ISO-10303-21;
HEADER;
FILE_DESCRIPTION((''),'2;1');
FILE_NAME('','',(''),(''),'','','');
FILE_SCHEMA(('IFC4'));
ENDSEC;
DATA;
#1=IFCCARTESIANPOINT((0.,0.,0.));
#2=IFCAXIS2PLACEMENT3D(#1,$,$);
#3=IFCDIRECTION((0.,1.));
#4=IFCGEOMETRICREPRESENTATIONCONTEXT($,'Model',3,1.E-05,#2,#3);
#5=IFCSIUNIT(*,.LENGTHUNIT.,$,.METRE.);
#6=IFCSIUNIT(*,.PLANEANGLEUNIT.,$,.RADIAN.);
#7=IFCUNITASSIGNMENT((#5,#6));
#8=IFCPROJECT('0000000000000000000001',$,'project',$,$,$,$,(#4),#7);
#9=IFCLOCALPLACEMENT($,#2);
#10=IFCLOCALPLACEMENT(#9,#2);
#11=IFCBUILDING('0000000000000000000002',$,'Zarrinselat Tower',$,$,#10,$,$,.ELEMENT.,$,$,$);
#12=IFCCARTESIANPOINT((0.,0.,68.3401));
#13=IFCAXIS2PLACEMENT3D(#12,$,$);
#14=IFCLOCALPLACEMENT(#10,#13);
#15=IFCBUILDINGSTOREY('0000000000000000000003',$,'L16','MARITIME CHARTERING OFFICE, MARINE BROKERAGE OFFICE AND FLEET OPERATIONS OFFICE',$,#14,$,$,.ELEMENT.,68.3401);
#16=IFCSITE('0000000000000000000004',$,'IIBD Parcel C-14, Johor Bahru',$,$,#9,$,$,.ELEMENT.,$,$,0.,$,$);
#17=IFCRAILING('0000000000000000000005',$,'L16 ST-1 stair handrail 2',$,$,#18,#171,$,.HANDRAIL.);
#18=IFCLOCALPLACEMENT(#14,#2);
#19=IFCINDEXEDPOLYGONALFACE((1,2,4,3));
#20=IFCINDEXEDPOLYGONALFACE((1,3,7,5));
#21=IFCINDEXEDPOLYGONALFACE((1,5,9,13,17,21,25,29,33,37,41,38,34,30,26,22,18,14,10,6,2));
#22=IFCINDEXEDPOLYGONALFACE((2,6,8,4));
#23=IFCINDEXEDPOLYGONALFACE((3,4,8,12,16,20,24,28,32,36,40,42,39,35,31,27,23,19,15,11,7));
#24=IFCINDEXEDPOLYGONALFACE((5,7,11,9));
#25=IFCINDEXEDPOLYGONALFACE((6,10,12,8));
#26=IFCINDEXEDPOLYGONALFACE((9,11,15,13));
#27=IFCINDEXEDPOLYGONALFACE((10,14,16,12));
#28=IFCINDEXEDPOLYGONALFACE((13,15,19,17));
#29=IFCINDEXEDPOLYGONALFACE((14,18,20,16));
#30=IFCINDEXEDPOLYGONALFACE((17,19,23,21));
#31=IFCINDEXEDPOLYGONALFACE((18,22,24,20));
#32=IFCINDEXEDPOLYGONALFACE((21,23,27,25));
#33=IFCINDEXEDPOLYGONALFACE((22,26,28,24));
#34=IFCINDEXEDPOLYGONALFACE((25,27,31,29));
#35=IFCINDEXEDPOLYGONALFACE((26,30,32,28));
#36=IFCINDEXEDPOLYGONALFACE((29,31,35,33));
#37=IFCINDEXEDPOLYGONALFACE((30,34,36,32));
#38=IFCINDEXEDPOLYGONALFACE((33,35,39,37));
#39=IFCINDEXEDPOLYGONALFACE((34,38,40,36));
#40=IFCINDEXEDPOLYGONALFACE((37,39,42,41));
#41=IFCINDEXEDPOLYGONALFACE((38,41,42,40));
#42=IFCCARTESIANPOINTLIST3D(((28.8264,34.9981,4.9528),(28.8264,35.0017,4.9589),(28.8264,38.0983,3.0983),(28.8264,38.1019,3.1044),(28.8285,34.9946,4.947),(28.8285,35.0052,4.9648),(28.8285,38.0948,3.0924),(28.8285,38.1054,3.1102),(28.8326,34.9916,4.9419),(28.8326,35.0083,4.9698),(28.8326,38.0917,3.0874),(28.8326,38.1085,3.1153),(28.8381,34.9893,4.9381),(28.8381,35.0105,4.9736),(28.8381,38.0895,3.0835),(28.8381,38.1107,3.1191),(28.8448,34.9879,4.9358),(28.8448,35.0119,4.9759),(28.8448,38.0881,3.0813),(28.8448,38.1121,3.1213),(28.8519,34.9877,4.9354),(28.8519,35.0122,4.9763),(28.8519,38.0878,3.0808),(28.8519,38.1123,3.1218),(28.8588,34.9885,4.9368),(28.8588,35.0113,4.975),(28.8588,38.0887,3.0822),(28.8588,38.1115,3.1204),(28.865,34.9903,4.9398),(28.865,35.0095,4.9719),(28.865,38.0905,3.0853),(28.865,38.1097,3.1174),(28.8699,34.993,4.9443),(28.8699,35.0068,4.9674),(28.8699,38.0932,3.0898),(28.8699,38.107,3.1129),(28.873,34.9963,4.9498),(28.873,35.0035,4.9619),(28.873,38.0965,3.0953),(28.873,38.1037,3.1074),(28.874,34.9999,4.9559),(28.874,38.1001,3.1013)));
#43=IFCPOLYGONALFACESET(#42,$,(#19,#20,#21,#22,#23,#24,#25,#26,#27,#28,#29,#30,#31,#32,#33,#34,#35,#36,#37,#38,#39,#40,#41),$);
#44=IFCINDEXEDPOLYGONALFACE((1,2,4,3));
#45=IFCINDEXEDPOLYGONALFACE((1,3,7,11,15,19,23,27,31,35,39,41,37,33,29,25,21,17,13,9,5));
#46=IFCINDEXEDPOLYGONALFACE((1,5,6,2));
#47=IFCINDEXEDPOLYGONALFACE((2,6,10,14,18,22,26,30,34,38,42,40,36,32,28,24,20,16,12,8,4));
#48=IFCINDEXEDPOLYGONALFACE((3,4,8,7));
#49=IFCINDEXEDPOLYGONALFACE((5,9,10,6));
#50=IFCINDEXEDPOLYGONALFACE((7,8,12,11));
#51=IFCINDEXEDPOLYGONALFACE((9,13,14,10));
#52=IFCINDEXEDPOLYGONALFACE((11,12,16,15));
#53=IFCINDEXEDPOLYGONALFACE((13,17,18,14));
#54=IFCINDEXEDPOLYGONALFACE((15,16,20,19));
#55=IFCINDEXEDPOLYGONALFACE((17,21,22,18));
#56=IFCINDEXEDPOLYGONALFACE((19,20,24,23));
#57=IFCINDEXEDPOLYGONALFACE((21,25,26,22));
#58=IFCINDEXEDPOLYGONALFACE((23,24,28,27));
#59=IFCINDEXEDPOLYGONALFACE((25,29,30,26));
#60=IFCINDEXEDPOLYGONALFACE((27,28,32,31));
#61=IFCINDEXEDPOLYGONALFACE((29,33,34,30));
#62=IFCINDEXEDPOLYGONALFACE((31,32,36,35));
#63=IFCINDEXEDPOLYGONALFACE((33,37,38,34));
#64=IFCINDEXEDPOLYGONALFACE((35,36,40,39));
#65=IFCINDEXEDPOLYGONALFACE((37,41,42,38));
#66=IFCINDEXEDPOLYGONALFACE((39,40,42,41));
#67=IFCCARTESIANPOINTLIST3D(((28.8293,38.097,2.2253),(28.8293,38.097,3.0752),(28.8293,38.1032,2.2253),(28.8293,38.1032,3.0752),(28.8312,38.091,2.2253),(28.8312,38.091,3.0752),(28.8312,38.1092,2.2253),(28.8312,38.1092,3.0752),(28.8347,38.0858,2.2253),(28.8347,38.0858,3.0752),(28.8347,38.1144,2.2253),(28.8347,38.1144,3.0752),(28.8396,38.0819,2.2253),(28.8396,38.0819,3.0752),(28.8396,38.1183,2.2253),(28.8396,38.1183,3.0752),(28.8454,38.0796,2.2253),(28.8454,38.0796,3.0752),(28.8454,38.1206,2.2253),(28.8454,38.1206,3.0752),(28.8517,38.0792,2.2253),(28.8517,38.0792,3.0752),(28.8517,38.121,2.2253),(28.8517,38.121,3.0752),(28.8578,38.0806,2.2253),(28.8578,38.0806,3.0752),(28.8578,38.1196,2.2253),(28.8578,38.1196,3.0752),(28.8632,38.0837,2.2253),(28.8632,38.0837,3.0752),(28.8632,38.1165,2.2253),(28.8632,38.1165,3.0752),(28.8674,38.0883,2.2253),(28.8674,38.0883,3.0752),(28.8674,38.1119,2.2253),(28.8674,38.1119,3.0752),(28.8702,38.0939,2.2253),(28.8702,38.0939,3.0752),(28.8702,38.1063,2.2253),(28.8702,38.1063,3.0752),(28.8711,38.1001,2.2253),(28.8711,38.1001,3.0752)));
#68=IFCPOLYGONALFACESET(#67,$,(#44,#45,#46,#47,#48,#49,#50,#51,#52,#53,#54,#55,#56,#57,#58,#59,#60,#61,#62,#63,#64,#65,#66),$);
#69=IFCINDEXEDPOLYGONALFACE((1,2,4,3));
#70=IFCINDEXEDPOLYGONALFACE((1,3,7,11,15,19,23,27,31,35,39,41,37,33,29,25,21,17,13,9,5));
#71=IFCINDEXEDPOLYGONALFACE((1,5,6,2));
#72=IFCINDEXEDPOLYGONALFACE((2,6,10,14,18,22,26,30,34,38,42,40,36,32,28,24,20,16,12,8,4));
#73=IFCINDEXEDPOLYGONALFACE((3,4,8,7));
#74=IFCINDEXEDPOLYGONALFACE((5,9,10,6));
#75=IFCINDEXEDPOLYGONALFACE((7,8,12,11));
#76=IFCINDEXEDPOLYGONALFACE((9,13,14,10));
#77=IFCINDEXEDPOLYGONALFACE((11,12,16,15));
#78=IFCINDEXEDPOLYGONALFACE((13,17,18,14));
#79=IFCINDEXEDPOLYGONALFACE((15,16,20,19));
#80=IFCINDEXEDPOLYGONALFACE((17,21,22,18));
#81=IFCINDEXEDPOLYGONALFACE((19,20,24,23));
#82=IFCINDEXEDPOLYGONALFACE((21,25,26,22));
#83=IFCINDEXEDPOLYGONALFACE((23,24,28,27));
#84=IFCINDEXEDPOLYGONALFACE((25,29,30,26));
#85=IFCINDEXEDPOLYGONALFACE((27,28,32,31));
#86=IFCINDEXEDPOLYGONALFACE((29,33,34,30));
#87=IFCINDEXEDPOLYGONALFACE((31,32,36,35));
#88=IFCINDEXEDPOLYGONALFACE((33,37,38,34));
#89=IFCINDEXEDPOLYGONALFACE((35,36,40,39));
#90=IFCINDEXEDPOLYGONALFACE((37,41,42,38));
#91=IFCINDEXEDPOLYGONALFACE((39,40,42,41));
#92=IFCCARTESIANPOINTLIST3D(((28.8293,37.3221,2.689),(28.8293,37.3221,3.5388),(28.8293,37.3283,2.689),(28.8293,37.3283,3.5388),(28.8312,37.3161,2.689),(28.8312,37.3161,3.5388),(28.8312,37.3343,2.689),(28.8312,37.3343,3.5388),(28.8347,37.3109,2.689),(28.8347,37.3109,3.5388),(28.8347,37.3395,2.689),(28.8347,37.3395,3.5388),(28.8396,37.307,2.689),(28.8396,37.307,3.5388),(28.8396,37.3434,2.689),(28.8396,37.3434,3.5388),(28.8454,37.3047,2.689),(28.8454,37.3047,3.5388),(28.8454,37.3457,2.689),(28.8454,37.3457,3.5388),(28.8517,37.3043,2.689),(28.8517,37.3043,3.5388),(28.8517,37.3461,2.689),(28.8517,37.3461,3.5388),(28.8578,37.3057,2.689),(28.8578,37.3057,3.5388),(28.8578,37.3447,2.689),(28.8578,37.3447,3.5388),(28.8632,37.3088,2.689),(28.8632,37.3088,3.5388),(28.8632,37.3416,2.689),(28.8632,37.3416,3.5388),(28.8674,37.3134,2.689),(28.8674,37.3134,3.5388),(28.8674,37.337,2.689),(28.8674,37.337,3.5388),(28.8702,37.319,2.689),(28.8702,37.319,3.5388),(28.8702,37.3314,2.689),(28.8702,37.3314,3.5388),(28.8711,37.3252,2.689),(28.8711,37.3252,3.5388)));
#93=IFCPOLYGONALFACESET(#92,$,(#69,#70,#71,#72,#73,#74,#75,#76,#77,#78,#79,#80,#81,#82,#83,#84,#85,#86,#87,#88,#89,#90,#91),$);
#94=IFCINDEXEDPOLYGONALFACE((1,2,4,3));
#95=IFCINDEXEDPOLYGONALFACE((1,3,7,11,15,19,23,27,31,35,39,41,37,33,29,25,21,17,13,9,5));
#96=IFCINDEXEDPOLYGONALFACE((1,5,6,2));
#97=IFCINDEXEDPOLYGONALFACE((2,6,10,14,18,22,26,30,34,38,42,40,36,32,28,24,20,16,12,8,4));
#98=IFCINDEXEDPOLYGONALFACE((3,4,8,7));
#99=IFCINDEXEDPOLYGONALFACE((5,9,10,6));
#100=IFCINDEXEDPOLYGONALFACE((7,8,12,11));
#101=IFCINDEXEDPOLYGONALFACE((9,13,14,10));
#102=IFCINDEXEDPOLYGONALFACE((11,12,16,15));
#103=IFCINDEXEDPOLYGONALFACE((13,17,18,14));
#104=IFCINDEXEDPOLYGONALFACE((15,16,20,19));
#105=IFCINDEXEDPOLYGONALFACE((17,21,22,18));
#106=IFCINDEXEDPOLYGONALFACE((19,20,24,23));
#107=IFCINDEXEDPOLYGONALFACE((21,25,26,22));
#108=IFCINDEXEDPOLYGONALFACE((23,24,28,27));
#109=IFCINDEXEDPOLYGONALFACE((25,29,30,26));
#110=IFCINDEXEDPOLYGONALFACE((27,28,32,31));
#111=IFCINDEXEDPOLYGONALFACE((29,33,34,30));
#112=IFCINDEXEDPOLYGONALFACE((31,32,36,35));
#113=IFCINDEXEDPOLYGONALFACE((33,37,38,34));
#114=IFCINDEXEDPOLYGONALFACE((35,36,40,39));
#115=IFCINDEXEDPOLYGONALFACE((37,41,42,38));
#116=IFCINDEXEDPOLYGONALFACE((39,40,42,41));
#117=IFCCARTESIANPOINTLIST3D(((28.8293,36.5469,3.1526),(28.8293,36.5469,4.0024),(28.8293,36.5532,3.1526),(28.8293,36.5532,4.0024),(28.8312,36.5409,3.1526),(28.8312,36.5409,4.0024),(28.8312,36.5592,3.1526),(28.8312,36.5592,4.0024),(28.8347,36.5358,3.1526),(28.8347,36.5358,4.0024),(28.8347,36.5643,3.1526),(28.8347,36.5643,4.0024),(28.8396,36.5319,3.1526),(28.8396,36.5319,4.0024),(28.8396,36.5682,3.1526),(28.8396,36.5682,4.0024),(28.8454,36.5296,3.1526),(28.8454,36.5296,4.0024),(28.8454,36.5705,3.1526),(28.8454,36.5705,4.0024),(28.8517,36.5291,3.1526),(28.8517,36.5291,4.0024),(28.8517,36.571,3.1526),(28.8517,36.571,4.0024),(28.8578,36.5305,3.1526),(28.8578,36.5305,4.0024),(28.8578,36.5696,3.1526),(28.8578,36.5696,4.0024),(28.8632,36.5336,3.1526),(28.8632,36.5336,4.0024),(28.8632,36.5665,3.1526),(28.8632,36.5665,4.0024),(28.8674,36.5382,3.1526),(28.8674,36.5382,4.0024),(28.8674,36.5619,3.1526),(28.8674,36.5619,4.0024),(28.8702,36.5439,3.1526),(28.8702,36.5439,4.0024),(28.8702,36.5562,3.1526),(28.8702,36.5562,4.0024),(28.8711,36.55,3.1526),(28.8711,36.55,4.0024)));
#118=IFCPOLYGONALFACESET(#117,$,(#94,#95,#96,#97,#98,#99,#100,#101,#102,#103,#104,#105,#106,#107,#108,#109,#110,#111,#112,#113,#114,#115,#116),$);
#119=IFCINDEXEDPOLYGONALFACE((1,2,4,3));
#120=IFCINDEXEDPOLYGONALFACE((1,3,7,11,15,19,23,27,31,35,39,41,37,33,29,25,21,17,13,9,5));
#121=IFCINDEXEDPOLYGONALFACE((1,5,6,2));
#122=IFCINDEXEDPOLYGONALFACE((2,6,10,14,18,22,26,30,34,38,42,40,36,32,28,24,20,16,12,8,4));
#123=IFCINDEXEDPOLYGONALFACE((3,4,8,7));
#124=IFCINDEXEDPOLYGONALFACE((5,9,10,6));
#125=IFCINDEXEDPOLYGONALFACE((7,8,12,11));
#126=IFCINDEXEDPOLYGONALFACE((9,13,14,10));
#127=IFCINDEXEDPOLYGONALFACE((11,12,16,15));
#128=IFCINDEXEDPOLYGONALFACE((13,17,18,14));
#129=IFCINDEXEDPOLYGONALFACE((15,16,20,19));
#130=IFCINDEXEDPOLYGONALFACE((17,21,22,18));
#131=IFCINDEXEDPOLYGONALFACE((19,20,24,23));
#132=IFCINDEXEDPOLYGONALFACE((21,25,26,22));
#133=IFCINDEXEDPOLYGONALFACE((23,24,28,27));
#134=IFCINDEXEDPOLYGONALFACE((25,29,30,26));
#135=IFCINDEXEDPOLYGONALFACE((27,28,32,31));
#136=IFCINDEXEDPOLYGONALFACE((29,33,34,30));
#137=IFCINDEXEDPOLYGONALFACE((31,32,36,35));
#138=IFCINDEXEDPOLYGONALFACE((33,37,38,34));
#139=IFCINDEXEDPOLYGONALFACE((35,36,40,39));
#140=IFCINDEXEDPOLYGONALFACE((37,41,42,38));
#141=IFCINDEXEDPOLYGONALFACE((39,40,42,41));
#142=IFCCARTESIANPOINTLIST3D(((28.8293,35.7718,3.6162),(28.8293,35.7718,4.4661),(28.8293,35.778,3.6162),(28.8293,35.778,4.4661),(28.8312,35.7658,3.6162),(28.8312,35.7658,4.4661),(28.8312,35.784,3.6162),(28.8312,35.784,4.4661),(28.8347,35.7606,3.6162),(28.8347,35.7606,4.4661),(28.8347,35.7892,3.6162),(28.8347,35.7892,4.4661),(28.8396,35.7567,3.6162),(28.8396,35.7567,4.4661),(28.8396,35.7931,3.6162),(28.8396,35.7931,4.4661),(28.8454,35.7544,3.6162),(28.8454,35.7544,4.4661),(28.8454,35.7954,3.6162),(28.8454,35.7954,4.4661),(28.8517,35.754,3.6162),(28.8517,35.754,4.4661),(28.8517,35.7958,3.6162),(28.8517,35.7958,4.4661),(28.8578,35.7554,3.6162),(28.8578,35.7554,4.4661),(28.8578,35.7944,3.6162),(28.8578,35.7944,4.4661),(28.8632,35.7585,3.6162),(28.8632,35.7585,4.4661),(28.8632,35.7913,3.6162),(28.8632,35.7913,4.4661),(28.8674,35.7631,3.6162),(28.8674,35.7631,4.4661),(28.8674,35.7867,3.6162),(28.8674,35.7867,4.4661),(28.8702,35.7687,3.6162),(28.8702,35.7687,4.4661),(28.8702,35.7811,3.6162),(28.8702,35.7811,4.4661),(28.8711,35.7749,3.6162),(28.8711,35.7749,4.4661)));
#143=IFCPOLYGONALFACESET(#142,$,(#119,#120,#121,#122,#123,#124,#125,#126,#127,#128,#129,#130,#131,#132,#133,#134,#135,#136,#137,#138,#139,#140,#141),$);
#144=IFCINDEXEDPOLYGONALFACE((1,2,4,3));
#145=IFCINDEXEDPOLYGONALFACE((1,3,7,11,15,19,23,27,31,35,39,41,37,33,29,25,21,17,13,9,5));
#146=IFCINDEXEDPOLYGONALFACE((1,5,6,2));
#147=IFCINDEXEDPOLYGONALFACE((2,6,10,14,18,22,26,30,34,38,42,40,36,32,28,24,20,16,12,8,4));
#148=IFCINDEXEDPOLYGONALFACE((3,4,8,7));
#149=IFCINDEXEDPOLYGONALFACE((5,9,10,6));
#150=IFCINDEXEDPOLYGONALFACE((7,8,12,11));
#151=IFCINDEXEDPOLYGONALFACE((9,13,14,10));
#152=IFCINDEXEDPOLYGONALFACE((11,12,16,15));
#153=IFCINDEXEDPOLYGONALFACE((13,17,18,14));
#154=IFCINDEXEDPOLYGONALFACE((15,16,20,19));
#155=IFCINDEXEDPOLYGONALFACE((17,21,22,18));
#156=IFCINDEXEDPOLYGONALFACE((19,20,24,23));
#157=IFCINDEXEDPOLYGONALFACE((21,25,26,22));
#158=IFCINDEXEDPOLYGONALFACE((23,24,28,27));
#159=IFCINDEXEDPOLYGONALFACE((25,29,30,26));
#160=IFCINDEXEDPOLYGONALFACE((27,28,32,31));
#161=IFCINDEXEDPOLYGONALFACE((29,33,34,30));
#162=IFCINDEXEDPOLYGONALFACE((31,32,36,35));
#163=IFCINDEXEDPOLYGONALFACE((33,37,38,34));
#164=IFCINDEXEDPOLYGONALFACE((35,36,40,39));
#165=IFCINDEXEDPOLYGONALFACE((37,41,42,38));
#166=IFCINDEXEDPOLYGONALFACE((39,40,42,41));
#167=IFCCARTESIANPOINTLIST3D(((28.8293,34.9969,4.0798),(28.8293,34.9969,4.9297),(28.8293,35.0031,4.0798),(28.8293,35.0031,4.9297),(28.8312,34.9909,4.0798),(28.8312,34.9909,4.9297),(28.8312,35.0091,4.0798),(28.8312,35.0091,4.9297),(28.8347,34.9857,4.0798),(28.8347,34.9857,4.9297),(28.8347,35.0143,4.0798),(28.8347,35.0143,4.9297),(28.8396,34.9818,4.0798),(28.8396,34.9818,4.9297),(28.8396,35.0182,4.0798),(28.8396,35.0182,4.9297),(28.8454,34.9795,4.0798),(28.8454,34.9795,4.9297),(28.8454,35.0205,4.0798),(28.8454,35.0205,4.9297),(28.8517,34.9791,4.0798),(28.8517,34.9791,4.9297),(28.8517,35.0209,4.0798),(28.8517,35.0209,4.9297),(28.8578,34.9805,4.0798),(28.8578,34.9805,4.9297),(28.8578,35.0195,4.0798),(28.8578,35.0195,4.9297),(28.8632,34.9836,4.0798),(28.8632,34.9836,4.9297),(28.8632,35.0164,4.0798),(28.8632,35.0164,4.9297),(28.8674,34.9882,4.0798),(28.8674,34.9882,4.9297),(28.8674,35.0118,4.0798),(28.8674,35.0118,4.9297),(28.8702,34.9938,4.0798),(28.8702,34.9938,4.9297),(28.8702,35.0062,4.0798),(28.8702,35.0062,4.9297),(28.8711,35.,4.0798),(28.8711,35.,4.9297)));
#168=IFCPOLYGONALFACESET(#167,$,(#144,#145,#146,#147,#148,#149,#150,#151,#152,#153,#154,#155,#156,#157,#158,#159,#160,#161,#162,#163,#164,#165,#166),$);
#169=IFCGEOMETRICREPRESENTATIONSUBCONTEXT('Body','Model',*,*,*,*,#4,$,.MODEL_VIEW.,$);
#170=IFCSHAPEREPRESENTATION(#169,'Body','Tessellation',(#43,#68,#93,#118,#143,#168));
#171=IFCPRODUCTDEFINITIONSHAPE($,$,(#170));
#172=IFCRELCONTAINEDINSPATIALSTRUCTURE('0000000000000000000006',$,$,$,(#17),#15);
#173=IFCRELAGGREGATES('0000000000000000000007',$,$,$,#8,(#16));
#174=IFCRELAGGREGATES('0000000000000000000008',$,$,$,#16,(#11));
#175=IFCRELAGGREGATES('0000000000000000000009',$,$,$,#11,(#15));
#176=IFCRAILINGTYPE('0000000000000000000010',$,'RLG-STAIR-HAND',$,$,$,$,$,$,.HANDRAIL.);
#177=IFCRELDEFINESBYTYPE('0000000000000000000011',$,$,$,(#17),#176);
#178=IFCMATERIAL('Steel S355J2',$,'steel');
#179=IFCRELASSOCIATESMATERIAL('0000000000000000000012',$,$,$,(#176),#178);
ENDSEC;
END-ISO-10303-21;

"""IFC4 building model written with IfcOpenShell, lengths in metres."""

from ifc_helpers import new_model, si_unit, direction, frame, origin, origin_2d, place, context, subcontext, project, spatial, circle, extrude, material, type_object, element, save


model = new_model("IFC4")

# Units and contexts
model_context = context("Model", 3, precision=1e-05, world=origin(), true_north=direction((0.0, 1.0)))
body_context = subcontext(model_context, "Body", "Model", "MODEL_VIEW")
ifc_project = project(units=[si_unit("LENGTHUNIT", "METRE"), si_unit("PLANEANGLEUNIT", "RADIAN")], contexts=[model_context])

# Site, building, storey
site_placement = place(None, origin())
site = spatial("IfcSite", under=ifc_project, at=site_placement, Name="IIBD Parcel C-14, Johor Bahru", CompositionType="ELEMENT", RefElevation=0.0)
building_placement = place(site_placement, origin())
building = spatial("IfcBuilding", under=site, at=building_placement, Name="Zarrinselat Tower", CompositionType="ELEMENT")
storey_placement = place(building_placement, frame((0.0, 0.0, 68.3401)))
storey = spatial("IfcBuildingStorey", under=building, at=storey_placement, Name="L16", Description="MARITIME CHARTERING OFFICE, MARINE BROKERAGE OFFICE AND FLEET OPERATIONS OFFICE", CompositionType="ELEMENT", Elevation=68.3401)

# Railing
ifc_material_1 = material(Name="Steel S355J2", Category="steel")
railing_type_1 = type_object("IfcRailingType", Name="RLG-STAIR-HAND", PredefinedType="HANDRAIL", material=ifc_material_1)
railing_1_placement = place(storey_placement, frame((28.8501, 38.1001, 2.2253)))
element("IfcRailing", 1, at=railing_1_placement, inside=storey, type_object=railing_type_1, Name="L16 ST-1 stair handrail 2", PredefinedType="HANDRAIL", context=body_context, shape_type="SweptSolid", body=[
    extrude(circle(Radius=0.0239, at=origin_2d()), frame((0.0, 0.0, 0.876), z_axis=(0.0, -0.858172, 0.513362), x_axis=(1.0, 0.0, 0.0)), (0.0, 0.0, 1.0), 3.6125),
    extrude(circle(Radius=0.021, at=origin_2d()), origin(), (0.0, 0.0, 1.0), 0.8499),
    extrude(circle(Radius=0.021, at=origin_2d()), frame((0.0, -0.7749, 0.4636)), (0.0, 0.0, 1.0), 0.8499),
    extrude(circle(Radius=0.021, at=origin_2d()), frame((0.0, -1.55, 0.9272)), (0.0, 0.0, 1.0), 0.8499),
    extrude(circle(Radius=0.021, at=origin_2d()), frame((0.0, -2.3252, 1.3909)), (0.0, 0.0, 1.0), 0.8499),
    extrude(circle(Radius=0.021, at=origin_2d()), frame((0.0, -3.1001, 1.8545)), (0.0, 0.0, 1.0), 0.8499),
])

save(model, "model.ifc")
